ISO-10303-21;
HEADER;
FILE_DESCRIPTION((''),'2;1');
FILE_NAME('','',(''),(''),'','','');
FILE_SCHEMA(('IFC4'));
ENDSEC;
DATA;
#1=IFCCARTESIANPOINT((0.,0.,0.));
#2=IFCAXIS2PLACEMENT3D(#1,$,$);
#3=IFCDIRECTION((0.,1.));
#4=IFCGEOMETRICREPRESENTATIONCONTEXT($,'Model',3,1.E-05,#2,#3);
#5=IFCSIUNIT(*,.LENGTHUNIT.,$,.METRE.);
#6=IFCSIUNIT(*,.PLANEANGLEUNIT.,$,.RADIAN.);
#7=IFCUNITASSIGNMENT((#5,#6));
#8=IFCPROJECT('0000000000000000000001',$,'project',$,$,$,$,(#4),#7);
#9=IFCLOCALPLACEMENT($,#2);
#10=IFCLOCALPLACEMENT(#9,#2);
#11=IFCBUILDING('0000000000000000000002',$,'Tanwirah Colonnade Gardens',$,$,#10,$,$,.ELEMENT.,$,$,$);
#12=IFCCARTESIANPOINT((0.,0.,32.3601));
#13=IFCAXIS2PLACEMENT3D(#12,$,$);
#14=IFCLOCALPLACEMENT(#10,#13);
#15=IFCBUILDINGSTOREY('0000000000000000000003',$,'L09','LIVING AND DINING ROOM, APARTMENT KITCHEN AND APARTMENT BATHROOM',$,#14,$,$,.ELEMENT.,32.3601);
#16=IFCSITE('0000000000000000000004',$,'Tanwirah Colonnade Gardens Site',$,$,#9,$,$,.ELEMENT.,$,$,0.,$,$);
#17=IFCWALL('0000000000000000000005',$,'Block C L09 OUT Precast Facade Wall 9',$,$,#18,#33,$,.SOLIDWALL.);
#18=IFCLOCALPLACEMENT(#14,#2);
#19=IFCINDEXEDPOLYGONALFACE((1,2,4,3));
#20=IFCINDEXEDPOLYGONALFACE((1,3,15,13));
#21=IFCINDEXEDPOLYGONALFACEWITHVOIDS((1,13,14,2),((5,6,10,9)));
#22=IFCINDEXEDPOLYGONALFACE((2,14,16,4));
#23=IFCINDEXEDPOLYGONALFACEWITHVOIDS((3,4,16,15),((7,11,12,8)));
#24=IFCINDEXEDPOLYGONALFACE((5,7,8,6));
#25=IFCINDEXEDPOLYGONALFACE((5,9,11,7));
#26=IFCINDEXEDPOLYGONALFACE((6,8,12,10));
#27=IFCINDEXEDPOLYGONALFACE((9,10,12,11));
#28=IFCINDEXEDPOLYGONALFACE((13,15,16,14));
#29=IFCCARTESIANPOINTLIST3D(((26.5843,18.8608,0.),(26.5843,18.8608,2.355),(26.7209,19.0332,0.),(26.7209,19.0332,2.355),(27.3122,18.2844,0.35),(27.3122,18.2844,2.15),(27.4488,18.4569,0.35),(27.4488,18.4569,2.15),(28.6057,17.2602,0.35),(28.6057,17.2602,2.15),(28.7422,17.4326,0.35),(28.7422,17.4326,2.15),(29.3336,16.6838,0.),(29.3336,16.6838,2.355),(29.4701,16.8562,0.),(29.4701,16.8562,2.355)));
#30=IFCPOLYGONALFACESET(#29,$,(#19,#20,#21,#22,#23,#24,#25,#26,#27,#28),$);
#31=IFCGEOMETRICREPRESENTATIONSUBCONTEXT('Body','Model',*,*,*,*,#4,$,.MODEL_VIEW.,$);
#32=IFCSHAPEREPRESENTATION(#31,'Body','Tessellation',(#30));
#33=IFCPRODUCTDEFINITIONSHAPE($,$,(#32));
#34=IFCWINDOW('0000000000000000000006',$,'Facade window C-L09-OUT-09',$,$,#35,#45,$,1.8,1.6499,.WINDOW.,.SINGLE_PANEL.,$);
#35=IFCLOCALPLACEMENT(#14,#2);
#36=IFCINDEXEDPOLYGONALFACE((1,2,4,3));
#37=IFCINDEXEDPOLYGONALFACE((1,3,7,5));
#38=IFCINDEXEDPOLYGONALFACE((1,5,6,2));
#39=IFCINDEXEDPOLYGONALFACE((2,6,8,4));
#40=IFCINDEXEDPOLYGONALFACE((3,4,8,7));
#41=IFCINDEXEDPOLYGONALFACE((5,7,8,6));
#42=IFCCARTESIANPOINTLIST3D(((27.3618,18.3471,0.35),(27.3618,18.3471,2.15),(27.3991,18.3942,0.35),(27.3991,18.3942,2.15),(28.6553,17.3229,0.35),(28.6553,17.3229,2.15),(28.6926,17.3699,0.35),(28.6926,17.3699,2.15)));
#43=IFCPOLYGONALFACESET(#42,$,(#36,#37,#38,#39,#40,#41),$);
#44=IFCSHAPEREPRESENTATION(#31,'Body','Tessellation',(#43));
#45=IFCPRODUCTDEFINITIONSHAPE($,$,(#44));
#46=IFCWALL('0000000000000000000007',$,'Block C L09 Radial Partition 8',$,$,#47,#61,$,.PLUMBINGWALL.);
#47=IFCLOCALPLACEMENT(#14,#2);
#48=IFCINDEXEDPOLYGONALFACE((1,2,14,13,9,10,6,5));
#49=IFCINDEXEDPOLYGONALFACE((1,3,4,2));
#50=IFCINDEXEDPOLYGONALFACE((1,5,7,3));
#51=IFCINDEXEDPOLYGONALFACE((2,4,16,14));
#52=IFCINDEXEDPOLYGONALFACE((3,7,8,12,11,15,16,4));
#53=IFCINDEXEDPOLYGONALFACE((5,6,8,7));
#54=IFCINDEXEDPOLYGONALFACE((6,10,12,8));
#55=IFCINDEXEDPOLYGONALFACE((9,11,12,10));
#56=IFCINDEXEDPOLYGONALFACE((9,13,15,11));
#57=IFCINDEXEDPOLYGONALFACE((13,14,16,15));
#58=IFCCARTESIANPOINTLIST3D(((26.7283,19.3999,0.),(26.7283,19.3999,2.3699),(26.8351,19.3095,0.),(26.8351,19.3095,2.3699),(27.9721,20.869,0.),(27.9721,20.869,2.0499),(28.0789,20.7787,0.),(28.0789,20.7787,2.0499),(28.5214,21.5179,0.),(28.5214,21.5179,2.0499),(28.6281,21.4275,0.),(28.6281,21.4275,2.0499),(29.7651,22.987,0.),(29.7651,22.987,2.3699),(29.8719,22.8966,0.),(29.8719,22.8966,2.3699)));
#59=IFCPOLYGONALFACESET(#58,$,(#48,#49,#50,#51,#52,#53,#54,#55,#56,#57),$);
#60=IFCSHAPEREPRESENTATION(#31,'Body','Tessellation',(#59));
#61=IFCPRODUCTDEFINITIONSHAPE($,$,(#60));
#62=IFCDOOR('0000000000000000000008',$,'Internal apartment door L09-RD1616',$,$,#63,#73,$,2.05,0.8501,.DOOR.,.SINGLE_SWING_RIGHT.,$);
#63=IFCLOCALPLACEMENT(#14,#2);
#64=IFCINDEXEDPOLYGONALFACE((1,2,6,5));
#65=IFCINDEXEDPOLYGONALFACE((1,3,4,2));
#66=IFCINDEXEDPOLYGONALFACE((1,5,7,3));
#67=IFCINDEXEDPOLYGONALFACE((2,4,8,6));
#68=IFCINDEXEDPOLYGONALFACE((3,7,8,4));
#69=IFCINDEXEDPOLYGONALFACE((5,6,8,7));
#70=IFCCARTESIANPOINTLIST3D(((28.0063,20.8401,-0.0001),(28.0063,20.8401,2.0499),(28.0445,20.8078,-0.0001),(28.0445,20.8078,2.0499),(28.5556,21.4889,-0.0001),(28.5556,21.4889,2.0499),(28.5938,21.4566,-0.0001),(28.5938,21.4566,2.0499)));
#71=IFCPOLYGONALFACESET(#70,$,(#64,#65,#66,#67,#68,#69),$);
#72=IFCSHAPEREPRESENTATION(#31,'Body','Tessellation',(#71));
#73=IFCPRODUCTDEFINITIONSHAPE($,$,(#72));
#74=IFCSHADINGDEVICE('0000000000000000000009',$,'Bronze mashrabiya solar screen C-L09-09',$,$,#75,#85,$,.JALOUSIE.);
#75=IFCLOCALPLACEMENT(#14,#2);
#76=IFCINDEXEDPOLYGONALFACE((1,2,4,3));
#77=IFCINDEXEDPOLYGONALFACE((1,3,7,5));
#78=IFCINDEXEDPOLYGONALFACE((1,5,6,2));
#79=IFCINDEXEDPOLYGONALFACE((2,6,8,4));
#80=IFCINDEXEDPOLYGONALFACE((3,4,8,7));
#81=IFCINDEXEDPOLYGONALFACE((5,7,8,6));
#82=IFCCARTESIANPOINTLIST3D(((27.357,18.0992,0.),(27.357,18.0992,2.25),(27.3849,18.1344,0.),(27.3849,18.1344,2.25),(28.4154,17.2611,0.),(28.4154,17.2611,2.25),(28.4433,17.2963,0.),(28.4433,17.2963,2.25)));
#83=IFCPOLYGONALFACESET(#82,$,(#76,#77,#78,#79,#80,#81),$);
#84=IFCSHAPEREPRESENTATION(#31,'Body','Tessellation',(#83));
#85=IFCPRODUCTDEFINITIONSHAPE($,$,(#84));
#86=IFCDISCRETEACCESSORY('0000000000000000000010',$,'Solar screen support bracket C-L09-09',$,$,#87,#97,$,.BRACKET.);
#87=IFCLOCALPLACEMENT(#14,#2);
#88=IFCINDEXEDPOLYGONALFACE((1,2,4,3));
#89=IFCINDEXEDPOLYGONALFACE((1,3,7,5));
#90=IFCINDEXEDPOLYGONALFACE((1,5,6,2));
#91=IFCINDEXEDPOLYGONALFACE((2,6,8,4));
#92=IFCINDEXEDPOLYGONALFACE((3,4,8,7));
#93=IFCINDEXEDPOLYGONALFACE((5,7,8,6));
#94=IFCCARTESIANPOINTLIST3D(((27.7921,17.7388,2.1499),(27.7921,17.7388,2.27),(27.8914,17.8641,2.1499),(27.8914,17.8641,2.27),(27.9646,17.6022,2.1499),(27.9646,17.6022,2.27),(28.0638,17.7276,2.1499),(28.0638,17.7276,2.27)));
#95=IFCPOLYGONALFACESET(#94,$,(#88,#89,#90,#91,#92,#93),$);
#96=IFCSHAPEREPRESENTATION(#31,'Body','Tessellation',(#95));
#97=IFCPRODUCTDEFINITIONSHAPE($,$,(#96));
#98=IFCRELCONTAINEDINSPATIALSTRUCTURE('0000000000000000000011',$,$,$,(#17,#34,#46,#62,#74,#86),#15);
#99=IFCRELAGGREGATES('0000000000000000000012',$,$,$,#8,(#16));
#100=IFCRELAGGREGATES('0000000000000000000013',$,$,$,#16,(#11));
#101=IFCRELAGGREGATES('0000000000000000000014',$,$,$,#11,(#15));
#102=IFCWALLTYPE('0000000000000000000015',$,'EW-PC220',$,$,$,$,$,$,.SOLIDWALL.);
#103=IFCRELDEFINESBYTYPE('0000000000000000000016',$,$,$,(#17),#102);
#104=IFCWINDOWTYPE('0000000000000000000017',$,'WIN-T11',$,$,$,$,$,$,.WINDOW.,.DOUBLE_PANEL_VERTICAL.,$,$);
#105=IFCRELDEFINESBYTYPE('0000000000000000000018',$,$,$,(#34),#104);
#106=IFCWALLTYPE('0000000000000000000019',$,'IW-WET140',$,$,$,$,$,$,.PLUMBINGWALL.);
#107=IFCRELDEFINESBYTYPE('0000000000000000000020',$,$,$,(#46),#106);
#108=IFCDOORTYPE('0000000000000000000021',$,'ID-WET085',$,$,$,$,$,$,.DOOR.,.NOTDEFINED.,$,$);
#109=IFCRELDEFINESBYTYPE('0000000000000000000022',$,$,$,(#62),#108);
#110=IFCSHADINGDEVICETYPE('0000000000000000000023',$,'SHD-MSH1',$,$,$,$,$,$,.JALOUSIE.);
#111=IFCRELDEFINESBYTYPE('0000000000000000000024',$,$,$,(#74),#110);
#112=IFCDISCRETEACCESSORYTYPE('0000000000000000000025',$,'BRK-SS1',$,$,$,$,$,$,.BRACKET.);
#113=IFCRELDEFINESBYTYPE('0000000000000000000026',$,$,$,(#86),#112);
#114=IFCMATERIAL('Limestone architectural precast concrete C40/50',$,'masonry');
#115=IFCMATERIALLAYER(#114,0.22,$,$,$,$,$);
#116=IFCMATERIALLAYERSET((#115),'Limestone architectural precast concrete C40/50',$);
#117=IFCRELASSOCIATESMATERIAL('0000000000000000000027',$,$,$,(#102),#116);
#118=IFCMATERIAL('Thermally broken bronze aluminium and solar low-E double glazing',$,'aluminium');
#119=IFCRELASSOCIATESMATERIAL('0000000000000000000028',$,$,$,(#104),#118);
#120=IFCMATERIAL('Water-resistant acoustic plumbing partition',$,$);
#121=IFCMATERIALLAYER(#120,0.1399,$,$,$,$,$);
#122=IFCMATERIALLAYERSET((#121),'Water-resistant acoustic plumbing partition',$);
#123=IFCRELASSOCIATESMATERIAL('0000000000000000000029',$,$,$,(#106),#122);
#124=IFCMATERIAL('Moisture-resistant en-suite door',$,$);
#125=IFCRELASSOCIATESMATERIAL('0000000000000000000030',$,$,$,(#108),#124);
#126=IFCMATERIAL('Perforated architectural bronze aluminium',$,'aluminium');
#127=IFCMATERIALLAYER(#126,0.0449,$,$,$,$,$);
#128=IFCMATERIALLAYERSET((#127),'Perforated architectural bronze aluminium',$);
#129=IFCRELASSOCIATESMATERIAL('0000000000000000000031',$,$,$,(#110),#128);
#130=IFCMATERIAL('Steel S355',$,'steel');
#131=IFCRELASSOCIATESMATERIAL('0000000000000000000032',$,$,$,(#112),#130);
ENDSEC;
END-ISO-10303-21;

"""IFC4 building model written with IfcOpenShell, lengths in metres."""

from ifc_helpers import new_model, si_unit, direction, frame, frame_2d, origin, origin_2d, place, context, subcontext, project, spatial, rectangle, extrude, material, layer, layer_set, type_object, element, fill, save


model = new_model("IFC4")

# Units and contexts
model_context = context("Model", 3, precision=1e-05, world=origin(), true_north=direction((0.0, 1.0)))
body_context = subcontext(model_context, "Body", "Model", "MODEL_VIEW")
ifc_project = project(units=[si_unit("LENGTHUNIT", "METRE"), si_unit("PLANEANGLEUNIT", "RADIAN")], contexts=[model_context])

# Site, building, storey
site_placement = place(None, origin())
site = spatial("IfcSite", under=ifc_project, at=site_placement, Name="Tanwirah Colonnade Gardens Site", CompositionType="ELEMENT", RefElevation=0.0)
building_placement = place(site_placement, origin())
building = spatial("IfcBuilding", under=site, at=building_placement, Name="Tanwirah Colonnade Gardens", CompositionType="ELEMENT")
storey_placement = place(building_placement, frame((0.0, 0.0, 32.3601)))
storey = spatial("IfcBuildingStorey", under=building, at=storey_placement, Name="L09", Description="LIVING AND DINING ROOM, APARTMENT KITCHEN AND APARTMENT BATHROOM", CompositionType="ELEMENT", Elevation=32.3601)

# Wall, opening, window
ifc_material_1 = material(Name="Limestone architectural precast concrete C40/50", Category="masonry")
ifc_layer_1 = layer(ifc_material_1, 0.22)
ifc_layer_set_1 = layer_set([ifc_layer_1], Name="Limestone architectural precast concrete C40/50")
wall_type_1 = type_object("IfcWallType", Name="EW-PC220", PredefinedType="SOLIDWALL", material=ifc_layer_set_1)
wall_1_placement = place(storey_placement, frame((26.6526, 18.947, 0.0), z_axis=(0.0, 0.0, 1.0), x_axis=(0.783977, -0.62079, 0.0)))
wall_1 = element("IfcWall", 1, at=wall_1_placement, inside=storey, type_object=wall_type_1, Name="Block C L09 OUT Precast Facade Wall 9", PredefinedType="SOLIDWALL", context=body_context, shape_type="SweptSolid", body=[
    extrude(rectangle(XDim=3.5068, YDim=0.22, at=frame_2d((1.7534, 0.0))), origin(), (0.0, 0.0, 1.0), 2.355),
])
opening_1_placement = place(wall_1_placement, frame((0.9285, 0.0, 0.3501)))
opening_1 = element("IfcOpeningElement", 2, at=opening_1_placement, cuts=wall_1, PredefinedType="OPENING", context=body_context, shape_type="SweptSolid", body=[
    extrude(rectangle(XDim=1.6499, YDim=1.8, at=frame_2d((0.825, 0.8999))), frame((0.0, 0.1199, 0.0), z_axis=(0.0, -1.0, 0.0), x_axis=(1.0, 0.0, 0.0)), (0.0, 0.0, 1.0), 0.24),
])
ifc_material_2 = material(Name="Thermally broken bronze aluminium and solar low-E double glazing", Category="aluminium")
window_type = type_object("IfcWindowType", Name="WIN-T11", PartitioningType="DOUBLE_PANEL_VERTICAL", PredefinedType="WINDOW", material=ifc_material_2)
window_placement = place(opening_1_placement, origin())
window = element("IfcWindow", 3, at=window_placement, inside=storey, type_object=window_type, Name="Facade window C-L09-OUT-09", OverallHeight=1.8, OverallWidth=1.6499, PartitioningType="SINGLE_PANEL", PredefinedType="WINDOW", context=body_context, shape_type="SweptSolid", body=[
    extrude(rectangle(XDim=1.6499, YDim=1.8, at=frame_2d((0.825, 0.8999))), frame((0.0, 0.03, 0.0), z_axis=(0.0, -1.0, 0.0), x_axis=(1.0, 0.0, 0.0)), (0.0, 0.0, 1.0), 0.0601),
])
fill(opening_1, window)

# Wall, opening, door
ifc_material_3 = material(Name="Water-resistant acoustic plumbing partition")
ifc_layer_2 = layer(ifc_material_3, 0.1399)
ifc_layer_set_2 = layer_set([ifc_layer_2], Name="Water-resistant acoustic plumbing partition")
wall_type_2 = type_object("IfcWallType", Name="IW-WET140", PredefinedType="PLUMBINGWALL", material=ifc_layer_set_2)
wall_2_placement = place(storey_placement, frame((29.8186, 22.9419, 0.0), z_axis=(0.0, 0.0, 1.0), x_axis=(-0.646138, -0.763221, 0.0)))
wall_2 = element("IfcWall", 4, at=wall_2_placement, inside=storey, type_object=wall_type_2, Name="Block C L09 Radial Partition 8", PredefinedType="PLUMBINGWALL", context=body_context, shape_type="SweptSolid", body=[
    extrude(rectangle(XDim=4.7, YDim=0.1399, at=frame_2d((2.3501, 0.0))), origin(), (0.0, 0.0, 1.0), 2.3699),
])
opening_2_placement = place(wall_2_placement, frame((1.925, 0.0, 0.0)))
opening_2 = element("IfcOpeningElement", 5, at=opening_2_placement, cuts=wall_2, PredefinedType="OPENING", context=body_context, shape_type="SweptSolid", body=[
    extrude(rectangle(XDim=0.8501, YDim=2.05, at=frame_2d((0.425, 1.0249))), frame((0.0, 0.0798, 0.0), z_axis=(0.0, -1.0, 0.0), x_axis=(1.0, 0.0, 0.0)), (0.0, 0.0, 1.0), 0.1599),
])
ifc_material_4 = material(Name="Moisture-resistant en-suite door")
door_type_1 = type_object("IfcDoorType", Name="ID-WET085", OperationType="NOTDEFINED", PredefinedType="DOOR", material=ifc_material_4)
door_1_placement = place(opening_2_placement, origin())
door_1 = element("IfcDoor", 6, at=door_1_placement, inside=storey, type_object=door_type_1, Name="Internal apartment door L09-RD1616", OperationType="SINGLE_SWING_RIGHT", OverallHeight=2.05, OverallWidth=0.8501, PredefinedType="DOOR", context=body_context, shape_type="SweptSolid", body=[
    extrude(rectangle(XDim=0.8501, YDim=2.05, at=frame_2d((0.425, 1.0249))), frame((0.0, 0.0249, 0.0), z_axis=(0.0, -1.0, 0.0), x_axis=(1.0, 0.0, 0.0)), (0.0, 0.0, 1.0), 0.05),
])
fill(opening_2, door_1)

# Shading device
ifc_material_5 = material(Name="Perforated architectural bronze aluminium", Category="aluminium")
ifc_layer_3 = layer(ifc_material_5, 0.0449)
ifc_layer_set_3 = layer_set([ifc_layer_3], Name="Perforated architectural bronze aluminium")
shading_device_type = type_object("IfcShadingDeviceType", Name="SHD-MSH1", PredefinedType="JALOUSIE", material=ifc_layer_set_3)
shading_device_placement = place(storey_placement, frame((27.9001, 17.6978, 0.0), z_axis=(0.0, 0.0, 1.0), x_axis=(0.783966, -0.620804, 0.0)))
element("IfcShadingDevice", 7, at=shading_device_placement, inside=storey, type_object=shading_device_type, Name="Bronze mashrabiya solar screen C-L09-09", PredefinedType="JALOUSIE", context=body_context, shape_type="SweptSolid", body=[
    extrude(rectangle(XDim=1.3501, YDim=0.0449, at=origin_2d()), origin(), (0.0, 0.0, 1.0), 2.25),
])

# Discrete accessory
ifc_material_6 = material(Name="Steel S355", Category="steel")
discrete_accessory_type = type_object("IfcDiscreteAccessoryType", Name="BRK-SS1", PredefinedType="BRACKET", material=ifc_material_6)
discrete_accessory_placement = place(storey_placement, frame((27.928, 17.7332, 2.1499), z_axis=(0.0, 0.0, 1.0), x_axis=(0.783966, -0.620804, 0.0)))
element("IfcDiscreteAccessory", 8, at=discrete_accessory_placement, inside=storey, type_object=discrete_accessory_type, Name="Solar screen support bracket C-L09-09", PredefinedType="BRACKET", context=body_context, shape_type="SweptSolid", body=[
    extrude(rectangle(XDim=0.22, YDim=0.1599, at=origin_2d()), origin(), (0.0, 0.0, 1.0), 0.1201),
])

save(model, "model.ifc")
